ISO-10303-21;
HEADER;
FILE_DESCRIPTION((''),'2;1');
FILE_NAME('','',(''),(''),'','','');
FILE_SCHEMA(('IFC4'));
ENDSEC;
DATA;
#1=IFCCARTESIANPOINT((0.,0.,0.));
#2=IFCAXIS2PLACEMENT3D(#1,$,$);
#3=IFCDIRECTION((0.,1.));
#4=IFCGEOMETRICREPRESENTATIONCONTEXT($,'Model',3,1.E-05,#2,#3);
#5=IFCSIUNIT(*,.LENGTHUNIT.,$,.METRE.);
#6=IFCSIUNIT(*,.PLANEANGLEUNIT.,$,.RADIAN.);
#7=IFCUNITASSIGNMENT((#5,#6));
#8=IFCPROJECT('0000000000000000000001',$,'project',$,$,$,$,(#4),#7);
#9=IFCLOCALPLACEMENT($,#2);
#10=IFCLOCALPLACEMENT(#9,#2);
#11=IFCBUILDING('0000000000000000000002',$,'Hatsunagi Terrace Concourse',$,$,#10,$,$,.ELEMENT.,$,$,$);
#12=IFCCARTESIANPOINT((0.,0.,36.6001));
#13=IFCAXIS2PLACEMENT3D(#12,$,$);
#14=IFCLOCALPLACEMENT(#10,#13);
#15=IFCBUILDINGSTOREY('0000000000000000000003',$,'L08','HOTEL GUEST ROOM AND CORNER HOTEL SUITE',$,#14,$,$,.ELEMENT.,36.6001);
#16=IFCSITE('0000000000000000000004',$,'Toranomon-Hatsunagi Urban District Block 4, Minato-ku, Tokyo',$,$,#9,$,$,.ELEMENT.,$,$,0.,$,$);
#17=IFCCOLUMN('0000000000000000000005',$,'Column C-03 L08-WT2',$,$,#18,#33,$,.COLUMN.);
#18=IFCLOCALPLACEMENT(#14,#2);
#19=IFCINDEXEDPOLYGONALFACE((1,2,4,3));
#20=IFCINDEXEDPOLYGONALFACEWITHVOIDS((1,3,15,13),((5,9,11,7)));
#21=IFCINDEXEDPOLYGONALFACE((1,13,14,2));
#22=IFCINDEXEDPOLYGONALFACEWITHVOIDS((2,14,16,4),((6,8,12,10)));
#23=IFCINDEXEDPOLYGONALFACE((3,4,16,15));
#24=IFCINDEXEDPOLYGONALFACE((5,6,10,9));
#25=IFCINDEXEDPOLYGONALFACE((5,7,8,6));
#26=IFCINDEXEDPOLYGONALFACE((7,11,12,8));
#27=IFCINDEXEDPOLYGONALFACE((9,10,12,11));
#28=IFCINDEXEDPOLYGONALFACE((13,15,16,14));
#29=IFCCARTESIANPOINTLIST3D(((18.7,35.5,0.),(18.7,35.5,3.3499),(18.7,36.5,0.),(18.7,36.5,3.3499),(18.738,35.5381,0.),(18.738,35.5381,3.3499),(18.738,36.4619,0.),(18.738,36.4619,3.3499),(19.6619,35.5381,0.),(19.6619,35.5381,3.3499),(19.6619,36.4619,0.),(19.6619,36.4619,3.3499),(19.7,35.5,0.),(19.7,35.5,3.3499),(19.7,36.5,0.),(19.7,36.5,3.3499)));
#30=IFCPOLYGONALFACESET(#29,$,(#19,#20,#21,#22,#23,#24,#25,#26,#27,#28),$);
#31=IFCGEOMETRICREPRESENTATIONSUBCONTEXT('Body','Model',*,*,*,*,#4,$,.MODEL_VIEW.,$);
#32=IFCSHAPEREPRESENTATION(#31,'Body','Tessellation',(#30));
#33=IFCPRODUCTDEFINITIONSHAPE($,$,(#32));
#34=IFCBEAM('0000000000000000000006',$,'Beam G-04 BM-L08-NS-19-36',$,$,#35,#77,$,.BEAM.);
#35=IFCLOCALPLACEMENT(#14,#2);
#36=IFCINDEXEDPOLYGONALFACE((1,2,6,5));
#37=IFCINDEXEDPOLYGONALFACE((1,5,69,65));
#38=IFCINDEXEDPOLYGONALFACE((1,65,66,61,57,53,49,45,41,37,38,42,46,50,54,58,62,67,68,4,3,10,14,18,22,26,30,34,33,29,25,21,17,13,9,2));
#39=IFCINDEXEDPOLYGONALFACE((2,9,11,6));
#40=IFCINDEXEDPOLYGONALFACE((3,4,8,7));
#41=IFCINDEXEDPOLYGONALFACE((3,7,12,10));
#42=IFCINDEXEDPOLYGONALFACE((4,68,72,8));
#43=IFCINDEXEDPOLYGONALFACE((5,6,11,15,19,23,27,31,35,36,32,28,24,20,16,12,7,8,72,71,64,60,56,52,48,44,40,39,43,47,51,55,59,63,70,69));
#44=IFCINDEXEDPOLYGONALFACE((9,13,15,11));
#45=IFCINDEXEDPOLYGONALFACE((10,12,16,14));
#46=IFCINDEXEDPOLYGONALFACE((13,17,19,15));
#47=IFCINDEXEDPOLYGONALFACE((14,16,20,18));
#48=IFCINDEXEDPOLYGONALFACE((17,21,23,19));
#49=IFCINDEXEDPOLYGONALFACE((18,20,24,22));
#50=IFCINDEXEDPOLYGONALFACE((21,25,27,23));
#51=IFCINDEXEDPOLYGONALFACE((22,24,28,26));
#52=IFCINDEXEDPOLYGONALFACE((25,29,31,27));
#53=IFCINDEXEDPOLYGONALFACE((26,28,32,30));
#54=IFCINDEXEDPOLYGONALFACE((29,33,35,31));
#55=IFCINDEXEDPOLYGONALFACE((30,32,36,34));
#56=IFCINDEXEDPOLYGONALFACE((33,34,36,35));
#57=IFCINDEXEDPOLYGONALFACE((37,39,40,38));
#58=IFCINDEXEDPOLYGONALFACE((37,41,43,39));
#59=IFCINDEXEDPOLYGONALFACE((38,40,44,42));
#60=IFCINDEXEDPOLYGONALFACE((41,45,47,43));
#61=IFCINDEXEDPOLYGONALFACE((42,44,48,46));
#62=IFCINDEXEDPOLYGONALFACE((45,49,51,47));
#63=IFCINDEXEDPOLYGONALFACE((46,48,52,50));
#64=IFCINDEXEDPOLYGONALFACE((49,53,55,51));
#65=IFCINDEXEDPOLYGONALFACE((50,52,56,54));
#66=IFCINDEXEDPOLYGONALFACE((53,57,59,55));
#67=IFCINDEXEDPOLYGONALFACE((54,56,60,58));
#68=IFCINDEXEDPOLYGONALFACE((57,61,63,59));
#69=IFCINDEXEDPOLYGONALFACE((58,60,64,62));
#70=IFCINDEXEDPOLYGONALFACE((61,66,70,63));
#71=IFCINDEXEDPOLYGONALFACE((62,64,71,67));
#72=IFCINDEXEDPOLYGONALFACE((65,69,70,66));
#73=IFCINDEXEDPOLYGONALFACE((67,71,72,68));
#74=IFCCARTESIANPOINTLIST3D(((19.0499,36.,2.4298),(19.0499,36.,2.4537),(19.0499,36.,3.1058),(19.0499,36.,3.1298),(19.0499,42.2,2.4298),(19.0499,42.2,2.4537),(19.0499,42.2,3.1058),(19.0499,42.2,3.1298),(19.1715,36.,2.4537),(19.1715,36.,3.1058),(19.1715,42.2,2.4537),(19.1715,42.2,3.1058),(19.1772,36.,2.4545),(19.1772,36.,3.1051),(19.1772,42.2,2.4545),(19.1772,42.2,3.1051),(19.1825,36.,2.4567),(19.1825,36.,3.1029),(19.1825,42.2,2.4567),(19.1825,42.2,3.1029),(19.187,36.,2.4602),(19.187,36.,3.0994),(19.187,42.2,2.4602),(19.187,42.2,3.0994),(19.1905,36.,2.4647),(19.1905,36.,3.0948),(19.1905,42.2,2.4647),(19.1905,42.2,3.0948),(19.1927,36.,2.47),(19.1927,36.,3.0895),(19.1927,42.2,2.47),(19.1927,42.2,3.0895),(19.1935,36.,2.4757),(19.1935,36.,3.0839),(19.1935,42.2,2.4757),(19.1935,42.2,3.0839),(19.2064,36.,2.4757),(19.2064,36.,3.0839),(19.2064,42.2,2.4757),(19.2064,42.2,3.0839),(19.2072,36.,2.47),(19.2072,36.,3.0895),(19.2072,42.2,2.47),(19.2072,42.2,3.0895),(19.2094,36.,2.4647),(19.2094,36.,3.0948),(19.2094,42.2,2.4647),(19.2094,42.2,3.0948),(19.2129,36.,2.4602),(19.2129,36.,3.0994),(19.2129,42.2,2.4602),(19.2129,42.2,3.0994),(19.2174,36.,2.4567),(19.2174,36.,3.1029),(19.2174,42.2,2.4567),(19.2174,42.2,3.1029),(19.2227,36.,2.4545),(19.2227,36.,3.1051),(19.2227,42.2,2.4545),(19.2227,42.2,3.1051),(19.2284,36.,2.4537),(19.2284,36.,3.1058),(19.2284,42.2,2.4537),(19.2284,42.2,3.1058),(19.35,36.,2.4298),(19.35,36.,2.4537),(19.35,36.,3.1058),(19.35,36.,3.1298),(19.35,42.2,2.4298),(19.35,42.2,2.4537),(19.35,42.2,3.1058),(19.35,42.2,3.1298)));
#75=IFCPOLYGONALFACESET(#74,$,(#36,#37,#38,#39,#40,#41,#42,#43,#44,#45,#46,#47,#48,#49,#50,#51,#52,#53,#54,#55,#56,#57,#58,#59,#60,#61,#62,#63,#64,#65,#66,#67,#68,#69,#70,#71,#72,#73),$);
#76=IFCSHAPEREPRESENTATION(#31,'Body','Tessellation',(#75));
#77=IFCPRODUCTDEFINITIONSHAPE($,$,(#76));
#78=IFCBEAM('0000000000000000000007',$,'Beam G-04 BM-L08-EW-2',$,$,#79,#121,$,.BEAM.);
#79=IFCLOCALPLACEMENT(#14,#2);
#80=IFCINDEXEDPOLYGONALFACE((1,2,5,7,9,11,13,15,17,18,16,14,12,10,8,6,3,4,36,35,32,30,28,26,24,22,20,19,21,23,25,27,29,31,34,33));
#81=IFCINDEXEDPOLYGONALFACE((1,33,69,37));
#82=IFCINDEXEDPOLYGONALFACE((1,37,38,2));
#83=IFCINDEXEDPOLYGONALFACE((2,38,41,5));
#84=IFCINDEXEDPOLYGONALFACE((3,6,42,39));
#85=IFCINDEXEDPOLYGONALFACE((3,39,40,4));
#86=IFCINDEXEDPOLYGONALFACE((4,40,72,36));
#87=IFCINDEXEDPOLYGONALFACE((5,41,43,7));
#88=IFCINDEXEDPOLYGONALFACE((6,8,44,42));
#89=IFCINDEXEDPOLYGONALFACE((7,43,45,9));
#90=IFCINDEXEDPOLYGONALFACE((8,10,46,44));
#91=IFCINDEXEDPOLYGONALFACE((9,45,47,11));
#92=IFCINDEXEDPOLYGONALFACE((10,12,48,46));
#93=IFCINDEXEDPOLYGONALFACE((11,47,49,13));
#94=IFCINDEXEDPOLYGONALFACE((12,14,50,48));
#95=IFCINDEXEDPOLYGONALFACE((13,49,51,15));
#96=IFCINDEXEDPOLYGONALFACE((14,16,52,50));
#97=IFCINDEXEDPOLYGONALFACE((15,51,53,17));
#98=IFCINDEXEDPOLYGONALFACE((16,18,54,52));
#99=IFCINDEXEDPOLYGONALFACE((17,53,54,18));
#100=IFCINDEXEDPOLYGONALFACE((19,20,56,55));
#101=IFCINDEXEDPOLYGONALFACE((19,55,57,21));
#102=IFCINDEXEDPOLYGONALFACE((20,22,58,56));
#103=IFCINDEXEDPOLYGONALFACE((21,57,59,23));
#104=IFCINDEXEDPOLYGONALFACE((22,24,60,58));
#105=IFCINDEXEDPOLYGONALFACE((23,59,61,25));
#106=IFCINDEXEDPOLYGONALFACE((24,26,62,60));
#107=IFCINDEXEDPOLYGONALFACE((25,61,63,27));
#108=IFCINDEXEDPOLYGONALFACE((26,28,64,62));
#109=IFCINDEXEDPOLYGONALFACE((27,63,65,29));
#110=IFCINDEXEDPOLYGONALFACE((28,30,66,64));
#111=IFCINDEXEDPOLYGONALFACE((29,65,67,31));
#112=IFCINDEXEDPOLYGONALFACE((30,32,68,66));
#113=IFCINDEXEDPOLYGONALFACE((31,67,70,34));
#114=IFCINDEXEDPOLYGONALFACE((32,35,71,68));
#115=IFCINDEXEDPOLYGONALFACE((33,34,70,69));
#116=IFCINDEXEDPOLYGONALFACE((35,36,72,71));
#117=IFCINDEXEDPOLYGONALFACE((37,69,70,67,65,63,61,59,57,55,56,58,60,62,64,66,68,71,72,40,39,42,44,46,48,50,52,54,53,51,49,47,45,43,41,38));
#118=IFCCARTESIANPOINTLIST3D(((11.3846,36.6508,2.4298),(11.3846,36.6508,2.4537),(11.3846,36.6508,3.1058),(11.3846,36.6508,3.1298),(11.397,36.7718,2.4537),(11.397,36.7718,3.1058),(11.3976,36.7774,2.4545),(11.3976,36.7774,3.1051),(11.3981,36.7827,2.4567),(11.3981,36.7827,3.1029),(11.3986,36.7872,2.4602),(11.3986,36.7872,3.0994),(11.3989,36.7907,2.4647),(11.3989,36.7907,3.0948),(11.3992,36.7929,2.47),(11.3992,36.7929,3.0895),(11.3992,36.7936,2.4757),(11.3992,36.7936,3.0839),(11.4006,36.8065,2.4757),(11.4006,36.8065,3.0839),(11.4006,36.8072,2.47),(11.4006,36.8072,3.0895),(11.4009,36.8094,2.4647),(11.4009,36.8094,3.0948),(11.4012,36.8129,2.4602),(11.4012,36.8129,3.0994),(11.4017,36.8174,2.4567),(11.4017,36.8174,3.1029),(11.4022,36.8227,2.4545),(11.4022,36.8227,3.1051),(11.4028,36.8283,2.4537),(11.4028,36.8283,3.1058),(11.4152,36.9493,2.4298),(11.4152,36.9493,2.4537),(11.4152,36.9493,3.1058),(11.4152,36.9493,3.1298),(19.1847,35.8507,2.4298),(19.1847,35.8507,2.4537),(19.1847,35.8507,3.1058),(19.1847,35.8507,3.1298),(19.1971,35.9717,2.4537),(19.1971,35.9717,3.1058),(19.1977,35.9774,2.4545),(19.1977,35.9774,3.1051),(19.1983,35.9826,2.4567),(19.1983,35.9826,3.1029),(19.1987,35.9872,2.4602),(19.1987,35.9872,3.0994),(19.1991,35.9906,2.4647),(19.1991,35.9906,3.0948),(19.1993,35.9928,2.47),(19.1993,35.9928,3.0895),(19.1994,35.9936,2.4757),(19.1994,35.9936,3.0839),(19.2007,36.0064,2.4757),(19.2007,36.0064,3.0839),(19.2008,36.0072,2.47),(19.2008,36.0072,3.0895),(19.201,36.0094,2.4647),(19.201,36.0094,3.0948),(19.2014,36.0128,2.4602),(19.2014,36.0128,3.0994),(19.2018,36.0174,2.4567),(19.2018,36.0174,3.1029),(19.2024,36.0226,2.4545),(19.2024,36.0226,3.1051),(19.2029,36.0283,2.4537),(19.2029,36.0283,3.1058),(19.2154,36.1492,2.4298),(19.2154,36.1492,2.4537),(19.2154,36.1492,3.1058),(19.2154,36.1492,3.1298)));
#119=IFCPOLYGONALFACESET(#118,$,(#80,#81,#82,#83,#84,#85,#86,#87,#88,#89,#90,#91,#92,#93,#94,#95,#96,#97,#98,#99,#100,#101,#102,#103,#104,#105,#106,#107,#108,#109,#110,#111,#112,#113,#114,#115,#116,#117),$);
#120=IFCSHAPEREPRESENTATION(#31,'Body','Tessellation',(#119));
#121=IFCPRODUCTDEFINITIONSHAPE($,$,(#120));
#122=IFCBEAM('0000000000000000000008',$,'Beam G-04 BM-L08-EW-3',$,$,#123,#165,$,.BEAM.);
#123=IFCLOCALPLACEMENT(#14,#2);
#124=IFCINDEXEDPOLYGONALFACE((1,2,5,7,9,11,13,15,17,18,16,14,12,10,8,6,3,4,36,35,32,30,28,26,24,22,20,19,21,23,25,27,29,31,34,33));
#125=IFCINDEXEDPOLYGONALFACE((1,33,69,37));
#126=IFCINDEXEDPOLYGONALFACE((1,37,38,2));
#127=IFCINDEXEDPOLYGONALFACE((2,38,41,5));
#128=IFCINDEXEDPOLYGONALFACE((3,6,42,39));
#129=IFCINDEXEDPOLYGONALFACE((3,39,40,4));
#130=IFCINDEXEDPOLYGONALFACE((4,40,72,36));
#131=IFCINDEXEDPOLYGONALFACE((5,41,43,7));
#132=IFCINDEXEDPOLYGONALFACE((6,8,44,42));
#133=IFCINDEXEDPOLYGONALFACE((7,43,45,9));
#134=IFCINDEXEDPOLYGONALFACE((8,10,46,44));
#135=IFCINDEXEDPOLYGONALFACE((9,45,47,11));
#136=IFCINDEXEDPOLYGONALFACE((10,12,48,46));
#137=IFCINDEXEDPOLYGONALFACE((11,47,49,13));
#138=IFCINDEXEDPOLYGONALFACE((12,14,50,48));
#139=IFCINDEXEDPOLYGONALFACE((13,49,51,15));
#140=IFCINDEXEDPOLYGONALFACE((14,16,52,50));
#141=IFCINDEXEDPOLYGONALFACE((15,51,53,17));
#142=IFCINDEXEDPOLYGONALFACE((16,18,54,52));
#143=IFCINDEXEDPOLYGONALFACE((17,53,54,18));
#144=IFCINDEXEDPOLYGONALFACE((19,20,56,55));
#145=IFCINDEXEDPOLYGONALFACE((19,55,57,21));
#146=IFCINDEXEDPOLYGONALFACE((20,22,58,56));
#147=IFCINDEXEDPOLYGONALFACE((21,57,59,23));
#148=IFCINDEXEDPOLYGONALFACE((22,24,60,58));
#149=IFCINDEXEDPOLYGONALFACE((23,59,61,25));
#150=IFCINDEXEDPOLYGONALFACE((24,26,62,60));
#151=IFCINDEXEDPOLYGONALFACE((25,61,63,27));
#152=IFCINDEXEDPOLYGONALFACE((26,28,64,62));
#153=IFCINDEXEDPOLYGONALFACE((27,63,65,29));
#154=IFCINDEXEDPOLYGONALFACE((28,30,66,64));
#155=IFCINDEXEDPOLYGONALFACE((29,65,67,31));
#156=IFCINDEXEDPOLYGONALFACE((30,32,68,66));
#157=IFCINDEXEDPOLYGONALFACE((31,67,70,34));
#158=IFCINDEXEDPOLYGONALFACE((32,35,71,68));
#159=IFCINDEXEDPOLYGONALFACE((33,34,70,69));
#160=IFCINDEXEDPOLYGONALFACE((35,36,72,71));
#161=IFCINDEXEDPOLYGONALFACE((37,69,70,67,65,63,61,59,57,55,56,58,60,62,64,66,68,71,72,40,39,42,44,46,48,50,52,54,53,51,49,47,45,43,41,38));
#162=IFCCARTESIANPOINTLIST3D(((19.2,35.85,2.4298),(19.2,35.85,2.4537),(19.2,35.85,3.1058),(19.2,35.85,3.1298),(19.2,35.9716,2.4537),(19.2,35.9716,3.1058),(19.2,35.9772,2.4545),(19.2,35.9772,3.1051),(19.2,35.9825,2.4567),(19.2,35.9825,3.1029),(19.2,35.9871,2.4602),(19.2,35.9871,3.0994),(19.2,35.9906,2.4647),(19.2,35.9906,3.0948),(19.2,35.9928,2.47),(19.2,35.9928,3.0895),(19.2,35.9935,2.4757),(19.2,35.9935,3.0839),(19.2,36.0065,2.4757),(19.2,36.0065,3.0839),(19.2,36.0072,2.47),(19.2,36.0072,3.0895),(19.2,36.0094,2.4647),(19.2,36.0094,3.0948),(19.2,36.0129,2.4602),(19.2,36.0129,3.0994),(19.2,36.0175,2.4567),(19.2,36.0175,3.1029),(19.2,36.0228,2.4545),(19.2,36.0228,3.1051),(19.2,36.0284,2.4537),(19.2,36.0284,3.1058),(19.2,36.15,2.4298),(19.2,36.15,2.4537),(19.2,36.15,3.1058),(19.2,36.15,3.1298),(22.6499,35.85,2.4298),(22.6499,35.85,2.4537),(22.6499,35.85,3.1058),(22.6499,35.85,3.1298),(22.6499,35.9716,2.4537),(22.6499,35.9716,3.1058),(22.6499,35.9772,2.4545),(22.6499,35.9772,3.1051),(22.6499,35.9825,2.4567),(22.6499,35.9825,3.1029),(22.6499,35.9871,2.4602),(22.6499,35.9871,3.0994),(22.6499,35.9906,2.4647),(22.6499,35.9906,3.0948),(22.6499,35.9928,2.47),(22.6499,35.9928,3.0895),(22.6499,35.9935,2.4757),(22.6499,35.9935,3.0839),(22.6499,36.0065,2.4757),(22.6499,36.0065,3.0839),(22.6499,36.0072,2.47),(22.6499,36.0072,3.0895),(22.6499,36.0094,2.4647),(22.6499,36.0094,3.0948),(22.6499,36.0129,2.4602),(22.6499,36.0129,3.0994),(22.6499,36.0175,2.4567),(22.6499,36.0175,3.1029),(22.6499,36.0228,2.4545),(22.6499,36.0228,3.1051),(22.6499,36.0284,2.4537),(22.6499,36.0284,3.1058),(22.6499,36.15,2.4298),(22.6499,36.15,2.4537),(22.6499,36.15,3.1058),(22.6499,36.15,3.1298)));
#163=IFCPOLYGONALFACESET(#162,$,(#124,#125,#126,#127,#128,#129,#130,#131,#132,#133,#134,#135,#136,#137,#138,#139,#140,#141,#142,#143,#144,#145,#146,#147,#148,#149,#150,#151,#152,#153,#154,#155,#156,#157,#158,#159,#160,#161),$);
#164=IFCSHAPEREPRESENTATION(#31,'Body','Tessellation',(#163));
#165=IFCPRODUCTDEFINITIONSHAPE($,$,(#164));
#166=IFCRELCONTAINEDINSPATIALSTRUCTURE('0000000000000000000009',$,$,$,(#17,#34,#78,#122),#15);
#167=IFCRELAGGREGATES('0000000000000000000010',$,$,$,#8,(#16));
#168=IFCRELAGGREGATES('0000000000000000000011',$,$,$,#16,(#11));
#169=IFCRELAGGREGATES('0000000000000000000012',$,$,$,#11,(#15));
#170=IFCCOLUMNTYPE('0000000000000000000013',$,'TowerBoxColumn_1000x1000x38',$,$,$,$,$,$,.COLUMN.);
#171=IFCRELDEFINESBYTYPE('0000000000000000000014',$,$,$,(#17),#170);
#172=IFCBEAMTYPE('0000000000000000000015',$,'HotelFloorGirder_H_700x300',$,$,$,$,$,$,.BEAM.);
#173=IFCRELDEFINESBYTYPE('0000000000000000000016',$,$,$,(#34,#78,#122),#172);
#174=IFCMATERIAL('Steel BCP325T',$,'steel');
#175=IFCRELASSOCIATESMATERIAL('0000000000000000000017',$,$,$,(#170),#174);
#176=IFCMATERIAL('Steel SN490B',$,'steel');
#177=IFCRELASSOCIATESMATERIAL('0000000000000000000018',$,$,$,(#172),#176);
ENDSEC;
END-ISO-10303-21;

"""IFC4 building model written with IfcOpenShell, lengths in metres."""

from ifc_helpers import new_model, si_unit, direction, frame, origin, origin_2d, place, context, subcontext, project, spatial, hollow_rectangle, i_section, extrude, material, material_profile, profile_set, type_object, element, save


model = new_model("IFC4")

# Units and contexts
model_context = context("Model", 3, precision=1e-05, world=origin(), true_north=direction((0.0, 1.0)))
body_context = subcontext(model_context, "Body", "Model", "MODEL_VIEW")
ifc_project = project(units=[si_unit("LENGTHUNIT", "METRE"), si_unit("PLANEANGLEUNIT", "RADIAN")], contexts=[model_context])

# Site, building, storey
site_placement = place(None, origin())
site = spatial("IfcSite", under=ifc_project, at=site_placement, Name="Toranomon-Hatsunagi Urban District Block 4, Minato-ku, Tokyo", CompositionType="ELEMENT", RefElevation=0.0)
building_placement = place(site_placement, origin())
building = spatial("IfcBuilding", under=site, at=building_placement, Name="Hatsunagi Terrace Concourse", CompositionType="ELEMENT")
storey_placement = place(building_placement, frame((0.0, 0.0, 36.6001)))
storey = spatial("IfcBuildingStorey", under=building, at=storey_placement, Name="L08", Description="HOTEL GUEST ROOM AND CORNER HOTEL SUITE", CompositionType="ELEMENT", Elevation=36.6001)

# Column
ifc_material_1 = material(Name="Steel BCP325T", Category="steel")
ifc_material_profile_1 = material_profile(ifc_material_1, hollow_rectangle(XDim=1.0, YDim=1.0, WallThickness=0.0381, at=origin_2d()), Name="BCP-1000x1000x38")
ifc_profile_set_1 = profile_set([ifc_material_profile_1], Name="Steel BCP325T")
column_type = type_object("IfcColumnType", Name="TowerBoxColumn_1000x1000x38", PredefinedType="COLUMN", material=ifc_profile_set_1)
column_placement = place(storey_placement, frame((19.2, 36.0, 0.0), z_axis=(0.0, 0.0, 1.0), x_axis=(1.0, 0.0, 0.0)))
element("IfcColumn", 1, at=column_placement, inside=storey, type_object=column_type, Name="Column C-03 L08-WT2", PredefinedType="COLUMN", context=body_context, shape_type="SweptSolid", body=[
    extrude(hollow_rectangle(XDim=1.0, YDim=1.0, WallThickness=0.0381, at=origin_2d()), origin(), (0.0, 0.0, 1.0), 3.3499),
])

# Beams
ifc_material_2 = material(Name="Steel SN490B", Category="steel")
ifc_material_profile_2 = material_profile(ifc_material_2, i_section(OverallWidth=0.3, OverallDepth=0.7, WebThickness=0.0129, FlangeThickness=0.0239, FilletRadius=0.022, at=origin_2d()), Name="H-700x300x13x24")
ifc_profile_set_2 = profile_set([ifc_material_profile_2], Name="Steel SN490B")
beam_type_1 = type_object("IfcBeamType", Name="HotelFloorGirder_H_700x300", PredefinedType="BEAM", material=ifc_profile_set_2)
beam_1_placement = place(storey_placement, frame((19.2, 36.0, 2.7798), z_axis=(0.0, 1.0, 0.0), x_axis=(-1.0, 0.0, 0.0)))
element("IfcBeam", 2, at=beam_1_placement, inside=storey, type_object=beam_type_1, Name="Beam G-04 BM-L08-NS-19-36", PredefinedType="BEAM", context=body_context, shape_type="SweptSolid", body=[
    extrude(i_section(OverallWidth=0.3, OverallDepth=0.7, WebThickness=0.0129, FlangeThickness=0.0239, FilletRadius=0.022, at=origin_2d()), origin(), (0.0, 0.0, 1.0), 6.2),
])
beam_2_placement = place(storey_placement, frame((11.3999, 36.8, 2.7798), z_axis=(0.994781, -0.102034, 0.0), x_axis=(0.102034, 0.994781, 0.0)))
element("IfcBeam", 3, at=beam_2_placement, inside=storey, type_object=beam_type_1, Name="Beam G-04 BM-L08-EW-2", PredefinedType="BEAM", context=body_context, shape_type="SweptSolid", body=[
    extrude(i_section(OverallWidth=0.3, OverallDepth=0.7, WebThickness=0.0129, FlangeThickness=0.0239, FilletRadius=0.022, at=origin_2d()), origin(), (0.0, 0.0, 1.0), 7.8411),
])
beam_3_placement = place(storey_placement, frame((19.2, 36.0, 2.7798), z_axis=(1.0, 0.0, 0.0), x_axis=(0.0, 1.0, 0.0)))
element("IfcBeam", 4, at=beam_3_placement, inside=storey, type_object=beam_type_1, Name="Beam G-04 BM-L08-EW-3", PredefinedType="BEAM", context=body_context, shape_type="SweptSolid", body=[
    extrude(i_section(OverallWidth=0.3, OverallDepth=0.7, WebThickness=0.0129, FlangeThickness=0.0239, FilletRadius=0.022, at=origin_2d()), origin(), (0.0, 0.0, 1.0), 3.45),
])

save(model, "model.ifc")
